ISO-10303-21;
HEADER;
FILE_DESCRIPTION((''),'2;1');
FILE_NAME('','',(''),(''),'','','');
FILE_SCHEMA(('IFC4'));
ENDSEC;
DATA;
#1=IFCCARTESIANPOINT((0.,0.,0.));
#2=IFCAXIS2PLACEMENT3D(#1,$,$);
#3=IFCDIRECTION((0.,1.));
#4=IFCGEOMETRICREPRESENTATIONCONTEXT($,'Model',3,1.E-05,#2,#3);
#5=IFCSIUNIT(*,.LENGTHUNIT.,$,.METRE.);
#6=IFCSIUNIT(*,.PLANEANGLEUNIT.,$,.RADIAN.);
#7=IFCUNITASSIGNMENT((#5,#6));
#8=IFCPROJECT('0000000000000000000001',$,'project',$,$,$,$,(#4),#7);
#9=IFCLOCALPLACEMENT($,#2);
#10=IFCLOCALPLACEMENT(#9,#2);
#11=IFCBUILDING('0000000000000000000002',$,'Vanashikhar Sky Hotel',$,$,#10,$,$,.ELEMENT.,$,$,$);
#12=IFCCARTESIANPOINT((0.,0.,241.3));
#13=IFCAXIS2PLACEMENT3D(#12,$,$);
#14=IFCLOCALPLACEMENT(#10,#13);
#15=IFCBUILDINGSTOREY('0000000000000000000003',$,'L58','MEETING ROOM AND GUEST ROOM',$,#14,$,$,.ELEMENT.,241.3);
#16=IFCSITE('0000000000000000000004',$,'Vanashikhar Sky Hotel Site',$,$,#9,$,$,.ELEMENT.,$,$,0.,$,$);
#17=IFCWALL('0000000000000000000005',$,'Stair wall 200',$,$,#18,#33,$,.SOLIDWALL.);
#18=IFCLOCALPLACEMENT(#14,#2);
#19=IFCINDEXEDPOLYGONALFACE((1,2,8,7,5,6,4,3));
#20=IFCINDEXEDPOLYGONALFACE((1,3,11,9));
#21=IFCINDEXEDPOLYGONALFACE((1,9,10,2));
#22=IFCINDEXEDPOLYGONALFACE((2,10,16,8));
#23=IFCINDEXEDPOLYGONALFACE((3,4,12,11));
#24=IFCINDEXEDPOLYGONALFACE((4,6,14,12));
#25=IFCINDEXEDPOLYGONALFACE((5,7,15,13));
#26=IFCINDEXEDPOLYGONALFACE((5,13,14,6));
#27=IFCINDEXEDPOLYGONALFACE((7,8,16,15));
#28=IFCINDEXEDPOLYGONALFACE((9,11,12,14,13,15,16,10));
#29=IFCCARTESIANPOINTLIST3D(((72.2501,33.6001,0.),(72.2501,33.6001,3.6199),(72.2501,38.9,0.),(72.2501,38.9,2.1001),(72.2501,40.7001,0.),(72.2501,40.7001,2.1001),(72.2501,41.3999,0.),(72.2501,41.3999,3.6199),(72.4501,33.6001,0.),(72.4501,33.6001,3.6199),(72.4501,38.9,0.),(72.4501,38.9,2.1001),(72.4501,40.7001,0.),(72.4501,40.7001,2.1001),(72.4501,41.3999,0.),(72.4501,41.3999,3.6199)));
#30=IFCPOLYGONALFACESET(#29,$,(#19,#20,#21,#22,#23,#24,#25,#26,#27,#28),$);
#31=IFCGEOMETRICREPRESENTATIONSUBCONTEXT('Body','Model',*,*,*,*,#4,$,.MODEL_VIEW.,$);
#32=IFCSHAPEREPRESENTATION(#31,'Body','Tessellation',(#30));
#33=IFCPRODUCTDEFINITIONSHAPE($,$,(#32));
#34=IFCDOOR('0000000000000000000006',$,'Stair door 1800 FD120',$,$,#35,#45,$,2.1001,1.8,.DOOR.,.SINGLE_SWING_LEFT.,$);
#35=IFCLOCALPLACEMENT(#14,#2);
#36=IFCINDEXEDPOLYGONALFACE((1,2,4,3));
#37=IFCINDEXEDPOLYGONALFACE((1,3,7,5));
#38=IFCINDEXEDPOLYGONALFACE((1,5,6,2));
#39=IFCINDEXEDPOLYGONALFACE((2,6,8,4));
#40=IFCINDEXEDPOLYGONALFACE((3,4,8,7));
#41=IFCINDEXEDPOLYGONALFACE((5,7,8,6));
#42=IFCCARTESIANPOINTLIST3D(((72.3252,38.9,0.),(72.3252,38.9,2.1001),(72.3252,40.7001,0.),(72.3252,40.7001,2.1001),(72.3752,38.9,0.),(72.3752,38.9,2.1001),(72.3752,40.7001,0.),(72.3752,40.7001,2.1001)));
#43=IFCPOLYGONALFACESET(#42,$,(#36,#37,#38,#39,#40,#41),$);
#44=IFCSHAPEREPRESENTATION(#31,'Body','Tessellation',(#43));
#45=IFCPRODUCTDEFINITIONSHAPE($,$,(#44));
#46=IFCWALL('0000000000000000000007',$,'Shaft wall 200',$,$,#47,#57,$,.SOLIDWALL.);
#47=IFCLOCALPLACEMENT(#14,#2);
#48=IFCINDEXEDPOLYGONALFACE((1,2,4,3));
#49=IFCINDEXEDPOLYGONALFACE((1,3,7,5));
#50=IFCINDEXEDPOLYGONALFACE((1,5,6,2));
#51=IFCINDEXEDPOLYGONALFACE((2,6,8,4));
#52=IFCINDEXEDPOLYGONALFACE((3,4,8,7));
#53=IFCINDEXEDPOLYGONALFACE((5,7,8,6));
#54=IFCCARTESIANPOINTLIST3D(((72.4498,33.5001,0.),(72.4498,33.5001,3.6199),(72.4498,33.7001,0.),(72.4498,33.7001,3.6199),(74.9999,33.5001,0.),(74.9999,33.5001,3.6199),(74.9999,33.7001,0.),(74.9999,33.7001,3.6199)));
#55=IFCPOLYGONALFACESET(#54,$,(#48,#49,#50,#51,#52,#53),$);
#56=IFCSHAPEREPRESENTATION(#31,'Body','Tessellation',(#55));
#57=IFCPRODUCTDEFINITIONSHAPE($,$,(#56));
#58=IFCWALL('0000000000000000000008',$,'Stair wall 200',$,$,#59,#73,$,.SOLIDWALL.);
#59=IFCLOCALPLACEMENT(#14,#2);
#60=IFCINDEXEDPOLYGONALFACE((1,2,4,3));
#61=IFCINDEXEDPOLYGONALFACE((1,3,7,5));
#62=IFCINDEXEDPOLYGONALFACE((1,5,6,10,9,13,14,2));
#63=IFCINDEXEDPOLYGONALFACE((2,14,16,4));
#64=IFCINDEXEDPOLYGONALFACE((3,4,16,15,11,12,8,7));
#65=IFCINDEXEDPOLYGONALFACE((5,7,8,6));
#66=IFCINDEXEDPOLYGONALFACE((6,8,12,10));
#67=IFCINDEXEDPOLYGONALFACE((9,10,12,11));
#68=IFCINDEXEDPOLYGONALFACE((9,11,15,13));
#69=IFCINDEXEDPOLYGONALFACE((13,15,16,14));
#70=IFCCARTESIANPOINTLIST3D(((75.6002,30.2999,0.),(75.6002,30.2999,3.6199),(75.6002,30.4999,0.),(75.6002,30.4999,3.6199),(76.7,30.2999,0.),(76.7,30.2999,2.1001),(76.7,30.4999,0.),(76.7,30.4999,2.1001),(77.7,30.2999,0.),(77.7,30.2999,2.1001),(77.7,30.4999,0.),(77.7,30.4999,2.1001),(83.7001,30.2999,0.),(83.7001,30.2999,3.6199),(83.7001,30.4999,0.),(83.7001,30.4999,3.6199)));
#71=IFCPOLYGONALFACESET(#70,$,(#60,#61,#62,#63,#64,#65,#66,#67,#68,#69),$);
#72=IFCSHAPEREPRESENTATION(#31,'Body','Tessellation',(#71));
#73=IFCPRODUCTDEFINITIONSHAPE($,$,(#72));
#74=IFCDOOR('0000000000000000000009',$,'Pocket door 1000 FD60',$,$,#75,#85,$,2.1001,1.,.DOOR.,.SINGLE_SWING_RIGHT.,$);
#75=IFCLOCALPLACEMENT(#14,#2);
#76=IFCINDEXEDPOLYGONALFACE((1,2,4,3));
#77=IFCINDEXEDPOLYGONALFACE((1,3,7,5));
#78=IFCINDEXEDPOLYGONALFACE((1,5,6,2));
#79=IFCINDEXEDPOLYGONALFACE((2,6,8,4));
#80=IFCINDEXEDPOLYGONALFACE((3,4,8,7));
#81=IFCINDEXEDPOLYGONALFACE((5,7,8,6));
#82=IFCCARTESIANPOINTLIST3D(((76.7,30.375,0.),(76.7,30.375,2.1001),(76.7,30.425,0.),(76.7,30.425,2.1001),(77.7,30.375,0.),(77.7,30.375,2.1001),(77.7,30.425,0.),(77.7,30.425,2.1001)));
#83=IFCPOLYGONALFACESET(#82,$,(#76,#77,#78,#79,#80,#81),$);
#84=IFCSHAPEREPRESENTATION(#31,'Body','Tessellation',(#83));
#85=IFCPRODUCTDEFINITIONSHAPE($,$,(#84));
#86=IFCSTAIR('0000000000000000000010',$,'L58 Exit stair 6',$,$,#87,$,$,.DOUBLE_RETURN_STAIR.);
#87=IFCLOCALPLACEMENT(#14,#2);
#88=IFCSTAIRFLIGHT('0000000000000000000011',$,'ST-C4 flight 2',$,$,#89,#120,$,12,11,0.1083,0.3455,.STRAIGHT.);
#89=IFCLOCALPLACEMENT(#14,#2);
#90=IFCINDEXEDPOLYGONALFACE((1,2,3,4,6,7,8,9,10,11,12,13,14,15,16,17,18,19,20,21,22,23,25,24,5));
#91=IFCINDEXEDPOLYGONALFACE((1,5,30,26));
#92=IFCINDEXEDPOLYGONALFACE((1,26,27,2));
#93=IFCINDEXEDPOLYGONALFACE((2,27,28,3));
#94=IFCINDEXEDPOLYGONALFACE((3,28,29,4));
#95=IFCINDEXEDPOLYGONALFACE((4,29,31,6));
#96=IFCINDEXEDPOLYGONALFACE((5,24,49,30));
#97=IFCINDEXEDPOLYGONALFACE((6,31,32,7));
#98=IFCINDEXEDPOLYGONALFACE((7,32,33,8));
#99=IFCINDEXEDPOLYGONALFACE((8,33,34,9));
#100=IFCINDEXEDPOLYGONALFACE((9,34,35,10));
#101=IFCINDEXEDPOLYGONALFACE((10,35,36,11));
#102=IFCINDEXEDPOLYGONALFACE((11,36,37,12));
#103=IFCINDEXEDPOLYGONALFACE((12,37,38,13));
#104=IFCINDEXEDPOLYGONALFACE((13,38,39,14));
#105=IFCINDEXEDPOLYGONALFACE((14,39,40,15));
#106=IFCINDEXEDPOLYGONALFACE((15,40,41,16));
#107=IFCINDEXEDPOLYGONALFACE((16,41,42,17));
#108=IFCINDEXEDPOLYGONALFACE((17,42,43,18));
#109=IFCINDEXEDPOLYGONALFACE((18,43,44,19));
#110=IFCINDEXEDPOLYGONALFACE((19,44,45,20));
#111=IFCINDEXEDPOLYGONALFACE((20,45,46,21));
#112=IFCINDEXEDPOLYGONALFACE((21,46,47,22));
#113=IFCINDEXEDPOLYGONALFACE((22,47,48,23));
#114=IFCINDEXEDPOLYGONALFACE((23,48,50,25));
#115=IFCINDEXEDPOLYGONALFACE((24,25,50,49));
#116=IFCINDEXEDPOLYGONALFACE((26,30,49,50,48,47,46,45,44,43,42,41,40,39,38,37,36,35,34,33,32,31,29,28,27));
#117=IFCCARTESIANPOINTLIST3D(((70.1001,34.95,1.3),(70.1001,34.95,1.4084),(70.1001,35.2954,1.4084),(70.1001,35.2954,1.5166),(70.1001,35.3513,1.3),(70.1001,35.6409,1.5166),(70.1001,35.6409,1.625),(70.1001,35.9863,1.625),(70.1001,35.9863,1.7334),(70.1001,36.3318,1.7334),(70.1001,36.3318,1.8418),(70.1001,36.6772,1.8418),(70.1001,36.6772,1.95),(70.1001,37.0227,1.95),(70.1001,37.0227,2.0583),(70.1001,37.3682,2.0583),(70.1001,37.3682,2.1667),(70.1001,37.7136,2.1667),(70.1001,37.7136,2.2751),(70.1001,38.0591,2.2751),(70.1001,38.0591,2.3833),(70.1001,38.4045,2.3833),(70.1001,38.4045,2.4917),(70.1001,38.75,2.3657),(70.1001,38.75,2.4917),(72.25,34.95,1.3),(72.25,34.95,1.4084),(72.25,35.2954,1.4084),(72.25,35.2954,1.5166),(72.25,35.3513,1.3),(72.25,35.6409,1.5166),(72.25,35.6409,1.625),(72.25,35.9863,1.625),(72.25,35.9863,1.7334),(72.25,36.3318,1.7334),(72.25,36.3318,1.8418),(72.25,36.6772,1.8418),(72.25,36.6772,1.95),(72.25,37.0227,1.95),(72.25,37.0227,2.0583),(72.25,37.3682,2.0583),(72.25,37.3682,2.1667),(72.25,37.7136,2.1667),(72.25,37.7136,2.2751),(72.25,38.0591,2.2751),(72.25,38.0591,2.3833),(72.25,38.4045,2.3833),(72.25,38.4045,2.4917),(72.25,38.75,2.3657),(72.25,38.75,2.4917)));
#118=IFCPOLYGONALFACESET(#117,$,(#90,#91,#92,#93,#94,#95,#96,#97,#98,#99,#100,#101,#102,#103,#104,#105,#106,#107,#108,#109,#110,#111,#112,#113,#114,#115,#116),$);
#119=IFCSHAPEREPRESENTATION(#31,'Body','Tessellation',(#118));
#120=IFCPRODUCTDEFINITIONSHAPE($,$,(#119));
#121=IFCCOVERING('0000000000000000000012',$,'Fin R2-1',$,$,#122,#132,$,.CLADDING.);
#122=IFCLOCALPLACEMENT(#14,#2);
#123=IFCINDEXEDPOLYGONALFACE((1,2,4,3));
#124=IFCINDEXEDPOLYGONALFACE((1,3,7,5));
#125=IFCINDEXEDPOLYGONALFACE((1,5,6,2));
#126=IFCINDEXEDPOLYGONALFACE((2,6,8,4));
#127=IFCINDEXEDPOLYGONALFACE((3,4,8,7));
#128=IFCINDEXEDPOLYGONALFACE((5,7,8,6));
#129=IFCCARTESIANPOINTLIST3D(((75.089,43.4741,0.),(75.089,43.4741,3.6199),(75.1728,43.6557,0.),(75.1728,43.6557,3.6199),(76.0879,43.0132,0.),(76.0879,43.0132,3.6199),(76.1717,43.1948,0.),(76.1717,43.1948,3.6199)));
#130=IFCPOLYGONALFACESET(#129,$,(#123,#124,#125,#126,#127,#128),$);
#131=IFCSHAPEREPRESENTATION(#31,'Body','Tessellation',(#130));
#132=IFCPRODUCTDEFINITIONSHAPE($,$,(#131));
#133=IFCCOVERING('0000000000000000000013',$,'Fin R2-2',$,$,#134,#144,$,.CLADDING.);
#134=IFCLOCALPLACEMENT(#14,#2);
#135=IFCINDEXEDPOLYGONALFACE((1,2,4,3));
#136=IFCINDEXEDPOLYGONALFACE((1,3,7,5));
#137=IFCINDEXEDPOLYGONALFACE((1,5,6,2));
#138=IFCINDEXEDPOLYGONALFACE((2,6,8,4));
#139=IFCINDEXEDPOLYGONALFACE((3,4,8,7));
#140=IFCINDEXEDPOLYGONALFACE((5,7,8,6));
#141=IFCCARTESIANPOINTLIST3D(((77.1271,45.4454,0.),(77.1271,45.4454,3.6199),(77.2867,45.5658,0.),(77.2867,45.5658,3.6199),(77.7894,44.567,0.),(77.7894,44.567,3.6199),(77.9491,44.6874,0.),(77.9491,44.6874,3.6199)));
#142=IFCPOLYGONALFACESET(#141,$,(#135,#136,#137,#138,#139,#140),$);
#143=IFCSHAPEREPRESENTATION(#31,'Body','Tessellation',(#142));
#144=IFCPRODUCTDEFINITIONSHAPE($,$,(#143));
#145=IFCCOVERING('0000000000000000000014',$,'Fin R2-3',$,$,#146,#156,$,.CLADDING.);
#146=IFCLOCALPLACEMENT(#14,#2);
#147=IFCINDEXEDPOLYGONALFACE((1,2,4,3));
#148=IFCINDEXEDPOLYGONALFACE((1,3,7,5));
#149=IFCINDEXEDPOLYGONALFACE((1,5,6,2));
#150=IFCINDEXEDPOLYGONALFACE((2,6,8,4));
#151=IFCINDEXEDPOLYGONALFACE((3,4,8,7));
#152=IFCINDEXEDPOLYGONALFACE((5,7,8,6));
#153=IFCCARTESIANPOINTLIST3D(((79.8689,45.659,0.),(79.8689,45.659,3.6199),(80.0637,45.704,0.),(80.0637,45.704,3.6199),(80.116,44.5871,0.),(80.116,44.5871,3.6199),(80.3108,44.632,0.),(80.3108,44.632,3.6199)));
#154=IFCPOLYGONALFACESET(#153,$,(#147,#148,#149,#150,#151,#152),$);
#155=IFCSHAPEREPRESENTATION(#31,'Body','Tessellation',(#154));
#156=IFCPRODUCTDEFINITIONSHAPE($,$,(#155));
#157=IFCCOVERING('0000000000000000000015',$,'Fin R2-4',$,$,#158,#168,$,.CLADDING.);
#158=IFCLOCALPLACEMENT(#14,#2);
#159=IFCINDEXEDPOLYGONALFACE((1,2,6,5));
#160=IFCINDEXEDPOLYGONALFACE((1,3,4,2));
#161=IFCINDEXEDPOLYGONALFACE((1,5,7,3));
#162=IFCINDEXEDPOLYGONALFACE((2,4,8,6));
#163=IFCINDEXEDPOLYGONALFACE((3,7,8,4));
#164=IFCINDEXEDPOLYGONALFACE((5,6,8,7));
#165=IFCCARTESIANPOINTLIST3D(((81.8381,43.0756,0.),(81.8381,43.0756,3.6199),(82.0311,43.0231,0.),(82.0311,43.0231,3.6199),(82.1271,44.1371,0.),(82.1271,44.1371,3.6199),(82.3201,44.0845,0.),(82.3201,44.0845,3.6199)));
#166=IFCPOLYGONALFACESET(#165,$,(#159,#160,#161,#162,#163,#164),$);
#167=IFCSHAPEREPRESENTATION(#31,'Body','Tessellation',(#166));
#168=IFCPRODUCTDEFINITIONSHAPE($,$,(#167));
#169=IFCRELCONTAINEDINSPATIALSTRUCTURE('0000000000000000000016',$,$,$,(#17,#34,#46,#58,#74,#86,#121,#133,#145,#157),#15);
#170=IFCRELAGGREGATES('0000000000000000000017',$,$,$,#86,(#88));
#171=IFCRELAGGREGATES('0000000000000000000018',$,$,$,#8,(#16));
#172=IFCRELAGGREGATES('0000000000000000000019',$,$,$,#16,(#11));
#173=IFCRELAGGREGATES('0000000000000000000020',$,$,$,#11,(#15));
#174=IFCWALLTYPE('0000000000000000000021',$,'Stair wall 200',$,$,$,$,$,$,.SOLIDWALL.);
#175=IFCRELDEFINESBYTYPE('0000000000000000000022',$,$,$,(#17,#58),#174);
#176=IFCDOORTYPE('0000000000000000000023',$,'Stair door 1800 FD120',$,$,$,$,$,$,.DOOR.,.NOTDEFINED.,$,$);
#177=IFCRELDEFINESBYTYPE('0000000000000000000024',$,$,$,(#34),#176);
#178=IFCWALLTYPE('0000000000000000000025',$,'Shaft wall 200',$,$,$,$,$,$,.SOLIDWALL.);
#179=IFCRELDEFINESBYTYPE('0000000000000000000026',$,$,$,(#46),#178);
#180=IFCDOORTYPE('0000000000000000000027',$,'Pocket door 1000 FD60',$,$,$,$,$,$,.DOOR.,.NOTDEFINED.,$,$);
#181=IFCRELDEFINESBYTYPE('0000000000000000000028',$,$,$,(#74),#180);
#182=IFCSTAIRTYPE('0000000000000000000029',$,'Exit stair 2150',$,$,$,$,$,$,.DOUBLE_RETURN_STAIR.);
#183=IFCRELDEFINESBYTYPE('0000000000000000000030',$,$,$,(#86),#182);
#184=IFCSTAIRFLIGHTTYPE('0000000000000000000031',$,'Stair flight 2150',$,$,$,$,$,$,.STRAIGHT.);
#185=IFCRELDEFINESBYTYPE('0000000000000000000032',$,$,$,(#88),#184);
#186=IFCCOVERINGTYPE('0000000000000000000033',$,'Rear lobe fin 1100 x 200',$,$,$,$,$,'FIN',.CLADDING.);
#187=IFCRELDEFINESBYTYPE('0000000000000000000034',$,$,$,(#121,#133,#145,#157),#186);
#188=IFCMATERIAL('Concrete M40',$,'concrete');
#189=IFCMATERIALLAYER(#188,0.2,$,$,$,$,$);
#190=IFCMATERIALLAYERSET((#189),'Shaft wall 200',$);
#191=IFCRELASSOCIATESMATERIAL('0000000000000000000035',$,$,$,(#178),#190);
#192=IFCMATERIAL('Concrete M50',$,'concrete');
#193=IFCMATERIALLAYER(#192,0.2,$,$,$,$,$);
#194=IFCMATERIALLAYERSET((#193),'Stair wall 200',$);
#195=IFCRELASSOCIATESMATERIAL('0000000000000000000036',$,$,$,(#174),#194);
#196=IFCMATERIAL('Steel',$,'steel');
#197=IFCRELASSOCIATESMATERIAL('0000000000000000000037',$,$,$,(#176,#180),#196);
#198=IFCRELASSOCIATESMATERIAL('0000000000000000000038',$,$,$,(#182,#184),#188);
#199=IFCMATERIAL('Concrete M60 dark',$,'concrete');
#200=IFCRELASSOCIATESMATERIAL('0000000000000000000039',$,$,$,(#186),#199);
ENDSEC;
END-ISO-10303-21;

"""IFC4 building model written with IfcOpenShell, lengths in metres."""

from ifc_helpers import new_model, si_unit, direction, frame, frame_2d, origin, origin_2d, place, context, subcontext, project, spatial, polyline, rectangle, outline, extrude, source, transform, mapped, material, layer, layer_set, material_profile, profile_set, type_object, element, fill, aggregate, save


model = new_model("IFC4")

# Units and contexts
model_context = context("Model", 3, precision=1e-05, world=origin(), true_north=direction((0.0, 1.0)))
body_context = subcontext(model_context, "Body", "Model", "MODEL_VIEW")
ifc_project = project(units=[si_unit("LENGTHUNIT", "METRE"), si_unit("PLANEANGLEUNIT", "RADIAN")], contexts=[model_context])

# Site, building, storey
site_placement = place(None, origin())
site = spatial("IfcSite", under=ifc_project, at=site_placement, Name="Vanashikhar Sky Hotel Site", CompositionType="ELEMENT", RefElevation=0.0)
building_placement = place(site_placement, origin())
building = spatial("IfcBuilding", under=site, at=building_placement, Name="Vanashikhar Sky Hotel", CompositionType="ELEMENT")
storey_placement = place(building_placement, frame((0.0, 0.0, 241.3)))
storey = spatial("IfcBuildingStorey", under=building, at=storey_placement, Name="L58", Description="MEETING ROOM AND GUEST ROOM", CompositionType="ELEMENT", Elevation=241.3)

# Shared definitions
ifc_material_1 = material(Name="Concrete M50", Category="concrete")

# Shared definitions
ifc_material_2 = material(Name="Concrete M40", Category="concrete")
ifc_layer_1 = layer(ifc_material_2, 0.2)
ifc_layer_set_1 = layer_set([ifc_layer_1], Name="Shaft wall 200")
wall_type_1 = type_object("IfcWallType", Name="Shaft wall 200", PredefinedType="SOLIDWALL", material=ifc_layer_set_1)

# Wall, opening, door
ifc_layer_2 = layer(ifc_material_1, 0.2)
ifc_layer_set_2 = layer_set([ifc_layer_2], Name="Stair wall 200")
wall_type_2 = type_object("IfcWallType", Name="Stair wall 200", PredefinedType="SOLIDWALL", material=ifc_layer_set_2)
shared_shape_1 = source(origin(), body_context, "Body", "SweptSolid", [
    extrude(rectangle(XDim=7.7998, YDim=0.2, at=frame_2d((3.8999, 0.0))), origin(), (0.0, 0.0, 1.0), 3.6199),
])
wall_1_placement = place(storey_placement, frame((72.3501, 33.6001, 0.0), z_axis=(0.0, 0.0, 1.0), x_axis=(0.0, 1.0, 0.0)))
wall_1 = element("IfcWall", 1, at=wall_1_placement, inside=storey, type_object=wall_type_2, Name="Stair wall 200", PredefinedType="SOLIDWALL", context=body_context, shape_type="MappedRepresentation", body=[
    mapped(shared_shape_1, transform((0.0, 0.0, 0.0), scale=1.0)),
])
shared_shape_2 = source(origin(), body_context, "Body", "SweptSolid", [
    extrude(rectangle(XDim=1.8, YDim=2.1001, at=frame_2d((0.8999, 1.05))), frame((0.0, 0.1099, 0.0), z_axis=(0.0, -1.0, 0.0), x_axis=(1.0, 0.0, 0.0)), (0.0, 0.0, 1.0), 0.22),
])
opening_1_placement = place(wall_1_placement, frame((5.3, 0.0, 0.0)))
opening_1 = element("IfcOpeningElement", 2, at=opening_1_placement, cuts=wall_1, PredefinedType="OPENING", context=body_context, shape_type="MappedRepresentation", body=[
    mapped(shared_shape_2, transform((0.0, 0.0, 0.0), scale=1.0)),
])
ifc_material_3 = material(Name="Steel", Category="steel")
door_type_1 = type_object("IfcDoorType", Name="Stair door 1800 FD120", OperationType="NOTDEFINED", PredefinedType="DOOR", material=ifc_material_3)
shared_shape_3 = source(origin(), body_context, "Body", "SweptSolid", [
    extrude(rectangle(XDim=1.8, YDim=2.1001, at=frame_2d((0.8999, 1.05))), frame((0.0, 0.0249, 0.0), z_axis=(0.0, -1.0, 0.0), x_axis=(1.0, 0.0, 0.0)), (0.0, 0.0, 1.0), 0.05),
])
door_1_placement = place(opening_1_placement, origin())
door_1 = element("IfcDoor", 3, at=door_1_placement, inside=storey, type_object=door_type_1, Name="Stair door 1800 FD120", OperationType="SINGLE_SWING_LEFT", OverallHeight=2.1001, OverallWidth=1.8, PredefinedType="DOOR", context=body_context, shape_type="MappedRepresentation", body=[
    mapped(shared_shape_3, transform((0.0, 0.0, 0.0), scale=1.0)),
])
fill(opening_1, door_1)

# Wall
shared_shape_4 = source(origin(), body_context, "Body", "SweptSolid", [
    extrude(rectangle(XDim=2.55, YDim=0.2, at=frame_2d((1.2749, 0.0))), origin(), (0.0, 0.0, 1.0), 3.6199),
])
wall_2_placement = place(storey_placement, frame((72.45, 33.6001, 0.0), z_axis=(0.0, 0.0, 1.0), x_axis=(1.0, 0.0, 0.0)))
element("IfcWall", 4, at=wall_2_placement, inside=storey, type_object=wall_type_1, Name="Shaft wall 200", PredefinedType="SOLIDWALL", context=body_context, shape_type="MappedRepresentation", body=[
    mapped(shared_shape_4, transform((0.0, 0.0, 0.0), scale=1.0)),
])

# Wall, opening, door
shared_shape_5 = source(origin(), body_context, "Body", "SweptSolid", [
    extrude(rectangle(XDim=8.0999, YDim=0.2, at=frame_2d((4.0498, 0.0))), origin(), (0.0, 0.0, 1.0), 3.6199),
])
wall_3_placement = place(storey_placement, frame((83.7, 30.3999, 0.0), z_axis=(0.0, 0.0, 1.0), x_axis=(-1.0, 0.0, 0.0)))
wall_3 = element("IfcWall", 5, at=wall_3_placement, inside=storey, type_object=wall_type_2, Name="Stair wall 200", PredefinedType="SOLIDWALL", context=body_context, shape_type="MappedRepresentation", body=[
    mapped(shared_shape_5, transform((0.0, 0.0, 0.0), scale=1.0)),
])
shared_shape_6 = source(origin(), body_context, "Body", "SweptSolid", [
    extrude(rectangle(XDim=1.0, YDim=2.1001, at=frame_2d((0.5, 1.05))), frame((0.0, 0.1099, 0.0), z_axis=(0.0, -1.0, 0.0), x_axis=(1.0, 0.0, 0.0)), (0.0, 0.0, 1.0), 0.22),
])
opening_2_placement = place(wall_3_placement, frame((6.0, 0.0, 0.0)))
opening_2 = element("IfcOpeningElement", 6, at=opening_2_placement, cuts=wall_3, PredefinedType="OPENING", context=body_context, shape_type="MappedRepresentation", body=[
    mapped(shared_shape_6, transform((0.0, 0.0, 0.0), scale=1.0)),
])
door_type_2 = type_object("IfcDoorType", Name="Pocket door 1000 FD60", OperationType="NOTDEFINED", PredefinedType="DOOR", material=ifc_material_3)
shared_shape_7 = source(origin(), body_context, "Body", "SweptSolid", [
    extrude(rectangle(XDim=1.0, YDim=2.1001, at=frame_2d((0.5, 1.05))), frame((0.0, 0.0249, 0.0), z_axis=(0.0, -1.0, 0.0), x_axis=(1.0, 0.0, 0.0)), (0.0, 0.0, 1.0), 0.05),
])
door_2_placement = place(opening_2_placement, origin())
door_2 = element("IfcDoor", 7, at=door_2_placement, inside=storey, type_object=door_type_2, Name="Pocket door 1000 FD60", OperationType="SINGLE_SWING_RIGHT", OverallHeight=2.1001, OverallWidth=1.0, PredefinedType="DOOR", context=body_context, shape_type="MappedRepresentation", body=[
    mapped(shared_shape_7, transform((0.0, 0.0, 0.0), scale=1.0)),
])
fill(opening_2, door_2)

# Stair, stair flight
stair_type = type_object("IfcStairType", Name="Exit stair 2150", PredefinedType="DOUBLE_RETURN_STAIR", material=ifc_material_2)
stair_placement = place(storey_placement, origin())
stair = element("IfcStair", 8, at=stair_placement, inside=storey, type_object=stair_type, Name="L58 Exit stair 6", PredefinedType="DOUBLE_RETURN_STAIR")
stair_flight_type = type_object("IfcStairFlightType", Name="Stair flight 2150", PredefinedType="STRAIGHT", material=ifc_material_2)
shared_shape_8 = source(origin(), body_context, "Body", "SweptSolid", [
    extrude(outline(polyline([(0.0, 0.0), (0.0, 0.1084), (0.3455, 0.1084), (0.3455, 0.2166), (0.6909, 0.2166), (0.6909, 0.325), (1.0364, 0.325), (1.0364, 0.4333), (1.3818, 0.4333), (1.3818, 0.5417), (1.7273, 0.5417), (1.7273, 0.6499), (2.0728, 0.6499), (2.0728, 0.7583), (2.4182, 0.7583), (2.4182, 0.8667), (2.7637, 0.8667), (2.7637, 0.9751), (3.1091, 0.9751), (3.1091, 1.0833), (3.4546, 1.0833), (3.4546, 1.1917), (3.8, 1.1917), (3.8, 1.3), (3.8, 1.0657), (0.4014, 0.0), (0.0, 0.0)])), frame((0.0, 1.075, 0.0), z_axis=(0.0, -1.0, 0.0), x_axis=(1.0, 0.0, 0.0)), (0.0, 0.0, 1.0), 2.1499),
])
stair_flight_placement = place(storey_placement, frame((71.175, 34.95, 1.3), z_axis=(0.0, 0.0, 1.0), x_axis=(0.0, 1.0, 0.0)))
stair_flight = element("IfcStairFlight", 9, at=stair_flight_placement, type_object=stair_flight_type, Name="ST-C4 flight 2", NumberOfRisers=12, NumberOfTreads=11, PredefinedType="STRAIGHT", RiserHeight=0.1083, TreadLength=0.3455, context=body_context, shape_type="MappedRepresentation", body=[
    mapped(shared_shape_8, transform((0.0, 0.0, 0.0), scale=1.0)),
])
aggregate(stair, [stair_flight])

# Coverings
ifc_material_4 = material(Name="Concrete M60 dark", Category="concrete")
ifc_material_profile = material_profile(ifc_material_4, rectangle(XDim=1.1001, YDim=0.2, at=origin_2d()))
ifc_profile_set = profile_set([ifc_material_profile], Name="Rear lobe fin 1100 x 200")
covering_type = type_object("IfcCoveringType", Name="Rear lobe fin 1100 x 200", ElementType="FIN", PredefinedType="CLADDING", material=ifc_profile_set)
shared_shape_9 = source(origin(), body_context, "Body", "SweptSolid", [
    extrude(rectangle(XDim=1.1001, YDim=0.2, at=origin_2d()), origin(), (0.0, 0.0, 1.0), 3.6199),
])
for number, where, z_axis, x_axis, name in (
    (10, (75.6304, 43.3345, 0.0), (0.0, 0.0, 1.0), (-0.908004, 0.418961, 0.0), "Fin R2-1"),
    (11, (77.5381, 45.0664, 0.0), (0.0, 0.0, 1.0), (-0.602066, 0.798446, 0.0), "Fin R2-2"),
    (12, (80.0898, 45.1455, 0.0), (0.0, 0.0, 1.0), (-0.224645, 0.974441, 0.0), "Fin R2-3"),
    (13, (82.0791, 43.5801, 0.0), (0.0, 0.0, 1.0), (0.262711, 0.964874, 0.0), "Fin R2-4"),
):
    element("IfcCovering", number, at=place(storey_placement, frame(where, z_axis=z_axis, x_axis=x_axis)), inside=storey, type_object=covering_type, Name=name, PredefinedType="CLADDING", context=body_context, shape_type="MappedRepresentation", body=[
        mapped(shared_shape_9, transform((0.0, 0.0, 0.0), scale=1.0)),
    ])

save(model, "model.ifc")
